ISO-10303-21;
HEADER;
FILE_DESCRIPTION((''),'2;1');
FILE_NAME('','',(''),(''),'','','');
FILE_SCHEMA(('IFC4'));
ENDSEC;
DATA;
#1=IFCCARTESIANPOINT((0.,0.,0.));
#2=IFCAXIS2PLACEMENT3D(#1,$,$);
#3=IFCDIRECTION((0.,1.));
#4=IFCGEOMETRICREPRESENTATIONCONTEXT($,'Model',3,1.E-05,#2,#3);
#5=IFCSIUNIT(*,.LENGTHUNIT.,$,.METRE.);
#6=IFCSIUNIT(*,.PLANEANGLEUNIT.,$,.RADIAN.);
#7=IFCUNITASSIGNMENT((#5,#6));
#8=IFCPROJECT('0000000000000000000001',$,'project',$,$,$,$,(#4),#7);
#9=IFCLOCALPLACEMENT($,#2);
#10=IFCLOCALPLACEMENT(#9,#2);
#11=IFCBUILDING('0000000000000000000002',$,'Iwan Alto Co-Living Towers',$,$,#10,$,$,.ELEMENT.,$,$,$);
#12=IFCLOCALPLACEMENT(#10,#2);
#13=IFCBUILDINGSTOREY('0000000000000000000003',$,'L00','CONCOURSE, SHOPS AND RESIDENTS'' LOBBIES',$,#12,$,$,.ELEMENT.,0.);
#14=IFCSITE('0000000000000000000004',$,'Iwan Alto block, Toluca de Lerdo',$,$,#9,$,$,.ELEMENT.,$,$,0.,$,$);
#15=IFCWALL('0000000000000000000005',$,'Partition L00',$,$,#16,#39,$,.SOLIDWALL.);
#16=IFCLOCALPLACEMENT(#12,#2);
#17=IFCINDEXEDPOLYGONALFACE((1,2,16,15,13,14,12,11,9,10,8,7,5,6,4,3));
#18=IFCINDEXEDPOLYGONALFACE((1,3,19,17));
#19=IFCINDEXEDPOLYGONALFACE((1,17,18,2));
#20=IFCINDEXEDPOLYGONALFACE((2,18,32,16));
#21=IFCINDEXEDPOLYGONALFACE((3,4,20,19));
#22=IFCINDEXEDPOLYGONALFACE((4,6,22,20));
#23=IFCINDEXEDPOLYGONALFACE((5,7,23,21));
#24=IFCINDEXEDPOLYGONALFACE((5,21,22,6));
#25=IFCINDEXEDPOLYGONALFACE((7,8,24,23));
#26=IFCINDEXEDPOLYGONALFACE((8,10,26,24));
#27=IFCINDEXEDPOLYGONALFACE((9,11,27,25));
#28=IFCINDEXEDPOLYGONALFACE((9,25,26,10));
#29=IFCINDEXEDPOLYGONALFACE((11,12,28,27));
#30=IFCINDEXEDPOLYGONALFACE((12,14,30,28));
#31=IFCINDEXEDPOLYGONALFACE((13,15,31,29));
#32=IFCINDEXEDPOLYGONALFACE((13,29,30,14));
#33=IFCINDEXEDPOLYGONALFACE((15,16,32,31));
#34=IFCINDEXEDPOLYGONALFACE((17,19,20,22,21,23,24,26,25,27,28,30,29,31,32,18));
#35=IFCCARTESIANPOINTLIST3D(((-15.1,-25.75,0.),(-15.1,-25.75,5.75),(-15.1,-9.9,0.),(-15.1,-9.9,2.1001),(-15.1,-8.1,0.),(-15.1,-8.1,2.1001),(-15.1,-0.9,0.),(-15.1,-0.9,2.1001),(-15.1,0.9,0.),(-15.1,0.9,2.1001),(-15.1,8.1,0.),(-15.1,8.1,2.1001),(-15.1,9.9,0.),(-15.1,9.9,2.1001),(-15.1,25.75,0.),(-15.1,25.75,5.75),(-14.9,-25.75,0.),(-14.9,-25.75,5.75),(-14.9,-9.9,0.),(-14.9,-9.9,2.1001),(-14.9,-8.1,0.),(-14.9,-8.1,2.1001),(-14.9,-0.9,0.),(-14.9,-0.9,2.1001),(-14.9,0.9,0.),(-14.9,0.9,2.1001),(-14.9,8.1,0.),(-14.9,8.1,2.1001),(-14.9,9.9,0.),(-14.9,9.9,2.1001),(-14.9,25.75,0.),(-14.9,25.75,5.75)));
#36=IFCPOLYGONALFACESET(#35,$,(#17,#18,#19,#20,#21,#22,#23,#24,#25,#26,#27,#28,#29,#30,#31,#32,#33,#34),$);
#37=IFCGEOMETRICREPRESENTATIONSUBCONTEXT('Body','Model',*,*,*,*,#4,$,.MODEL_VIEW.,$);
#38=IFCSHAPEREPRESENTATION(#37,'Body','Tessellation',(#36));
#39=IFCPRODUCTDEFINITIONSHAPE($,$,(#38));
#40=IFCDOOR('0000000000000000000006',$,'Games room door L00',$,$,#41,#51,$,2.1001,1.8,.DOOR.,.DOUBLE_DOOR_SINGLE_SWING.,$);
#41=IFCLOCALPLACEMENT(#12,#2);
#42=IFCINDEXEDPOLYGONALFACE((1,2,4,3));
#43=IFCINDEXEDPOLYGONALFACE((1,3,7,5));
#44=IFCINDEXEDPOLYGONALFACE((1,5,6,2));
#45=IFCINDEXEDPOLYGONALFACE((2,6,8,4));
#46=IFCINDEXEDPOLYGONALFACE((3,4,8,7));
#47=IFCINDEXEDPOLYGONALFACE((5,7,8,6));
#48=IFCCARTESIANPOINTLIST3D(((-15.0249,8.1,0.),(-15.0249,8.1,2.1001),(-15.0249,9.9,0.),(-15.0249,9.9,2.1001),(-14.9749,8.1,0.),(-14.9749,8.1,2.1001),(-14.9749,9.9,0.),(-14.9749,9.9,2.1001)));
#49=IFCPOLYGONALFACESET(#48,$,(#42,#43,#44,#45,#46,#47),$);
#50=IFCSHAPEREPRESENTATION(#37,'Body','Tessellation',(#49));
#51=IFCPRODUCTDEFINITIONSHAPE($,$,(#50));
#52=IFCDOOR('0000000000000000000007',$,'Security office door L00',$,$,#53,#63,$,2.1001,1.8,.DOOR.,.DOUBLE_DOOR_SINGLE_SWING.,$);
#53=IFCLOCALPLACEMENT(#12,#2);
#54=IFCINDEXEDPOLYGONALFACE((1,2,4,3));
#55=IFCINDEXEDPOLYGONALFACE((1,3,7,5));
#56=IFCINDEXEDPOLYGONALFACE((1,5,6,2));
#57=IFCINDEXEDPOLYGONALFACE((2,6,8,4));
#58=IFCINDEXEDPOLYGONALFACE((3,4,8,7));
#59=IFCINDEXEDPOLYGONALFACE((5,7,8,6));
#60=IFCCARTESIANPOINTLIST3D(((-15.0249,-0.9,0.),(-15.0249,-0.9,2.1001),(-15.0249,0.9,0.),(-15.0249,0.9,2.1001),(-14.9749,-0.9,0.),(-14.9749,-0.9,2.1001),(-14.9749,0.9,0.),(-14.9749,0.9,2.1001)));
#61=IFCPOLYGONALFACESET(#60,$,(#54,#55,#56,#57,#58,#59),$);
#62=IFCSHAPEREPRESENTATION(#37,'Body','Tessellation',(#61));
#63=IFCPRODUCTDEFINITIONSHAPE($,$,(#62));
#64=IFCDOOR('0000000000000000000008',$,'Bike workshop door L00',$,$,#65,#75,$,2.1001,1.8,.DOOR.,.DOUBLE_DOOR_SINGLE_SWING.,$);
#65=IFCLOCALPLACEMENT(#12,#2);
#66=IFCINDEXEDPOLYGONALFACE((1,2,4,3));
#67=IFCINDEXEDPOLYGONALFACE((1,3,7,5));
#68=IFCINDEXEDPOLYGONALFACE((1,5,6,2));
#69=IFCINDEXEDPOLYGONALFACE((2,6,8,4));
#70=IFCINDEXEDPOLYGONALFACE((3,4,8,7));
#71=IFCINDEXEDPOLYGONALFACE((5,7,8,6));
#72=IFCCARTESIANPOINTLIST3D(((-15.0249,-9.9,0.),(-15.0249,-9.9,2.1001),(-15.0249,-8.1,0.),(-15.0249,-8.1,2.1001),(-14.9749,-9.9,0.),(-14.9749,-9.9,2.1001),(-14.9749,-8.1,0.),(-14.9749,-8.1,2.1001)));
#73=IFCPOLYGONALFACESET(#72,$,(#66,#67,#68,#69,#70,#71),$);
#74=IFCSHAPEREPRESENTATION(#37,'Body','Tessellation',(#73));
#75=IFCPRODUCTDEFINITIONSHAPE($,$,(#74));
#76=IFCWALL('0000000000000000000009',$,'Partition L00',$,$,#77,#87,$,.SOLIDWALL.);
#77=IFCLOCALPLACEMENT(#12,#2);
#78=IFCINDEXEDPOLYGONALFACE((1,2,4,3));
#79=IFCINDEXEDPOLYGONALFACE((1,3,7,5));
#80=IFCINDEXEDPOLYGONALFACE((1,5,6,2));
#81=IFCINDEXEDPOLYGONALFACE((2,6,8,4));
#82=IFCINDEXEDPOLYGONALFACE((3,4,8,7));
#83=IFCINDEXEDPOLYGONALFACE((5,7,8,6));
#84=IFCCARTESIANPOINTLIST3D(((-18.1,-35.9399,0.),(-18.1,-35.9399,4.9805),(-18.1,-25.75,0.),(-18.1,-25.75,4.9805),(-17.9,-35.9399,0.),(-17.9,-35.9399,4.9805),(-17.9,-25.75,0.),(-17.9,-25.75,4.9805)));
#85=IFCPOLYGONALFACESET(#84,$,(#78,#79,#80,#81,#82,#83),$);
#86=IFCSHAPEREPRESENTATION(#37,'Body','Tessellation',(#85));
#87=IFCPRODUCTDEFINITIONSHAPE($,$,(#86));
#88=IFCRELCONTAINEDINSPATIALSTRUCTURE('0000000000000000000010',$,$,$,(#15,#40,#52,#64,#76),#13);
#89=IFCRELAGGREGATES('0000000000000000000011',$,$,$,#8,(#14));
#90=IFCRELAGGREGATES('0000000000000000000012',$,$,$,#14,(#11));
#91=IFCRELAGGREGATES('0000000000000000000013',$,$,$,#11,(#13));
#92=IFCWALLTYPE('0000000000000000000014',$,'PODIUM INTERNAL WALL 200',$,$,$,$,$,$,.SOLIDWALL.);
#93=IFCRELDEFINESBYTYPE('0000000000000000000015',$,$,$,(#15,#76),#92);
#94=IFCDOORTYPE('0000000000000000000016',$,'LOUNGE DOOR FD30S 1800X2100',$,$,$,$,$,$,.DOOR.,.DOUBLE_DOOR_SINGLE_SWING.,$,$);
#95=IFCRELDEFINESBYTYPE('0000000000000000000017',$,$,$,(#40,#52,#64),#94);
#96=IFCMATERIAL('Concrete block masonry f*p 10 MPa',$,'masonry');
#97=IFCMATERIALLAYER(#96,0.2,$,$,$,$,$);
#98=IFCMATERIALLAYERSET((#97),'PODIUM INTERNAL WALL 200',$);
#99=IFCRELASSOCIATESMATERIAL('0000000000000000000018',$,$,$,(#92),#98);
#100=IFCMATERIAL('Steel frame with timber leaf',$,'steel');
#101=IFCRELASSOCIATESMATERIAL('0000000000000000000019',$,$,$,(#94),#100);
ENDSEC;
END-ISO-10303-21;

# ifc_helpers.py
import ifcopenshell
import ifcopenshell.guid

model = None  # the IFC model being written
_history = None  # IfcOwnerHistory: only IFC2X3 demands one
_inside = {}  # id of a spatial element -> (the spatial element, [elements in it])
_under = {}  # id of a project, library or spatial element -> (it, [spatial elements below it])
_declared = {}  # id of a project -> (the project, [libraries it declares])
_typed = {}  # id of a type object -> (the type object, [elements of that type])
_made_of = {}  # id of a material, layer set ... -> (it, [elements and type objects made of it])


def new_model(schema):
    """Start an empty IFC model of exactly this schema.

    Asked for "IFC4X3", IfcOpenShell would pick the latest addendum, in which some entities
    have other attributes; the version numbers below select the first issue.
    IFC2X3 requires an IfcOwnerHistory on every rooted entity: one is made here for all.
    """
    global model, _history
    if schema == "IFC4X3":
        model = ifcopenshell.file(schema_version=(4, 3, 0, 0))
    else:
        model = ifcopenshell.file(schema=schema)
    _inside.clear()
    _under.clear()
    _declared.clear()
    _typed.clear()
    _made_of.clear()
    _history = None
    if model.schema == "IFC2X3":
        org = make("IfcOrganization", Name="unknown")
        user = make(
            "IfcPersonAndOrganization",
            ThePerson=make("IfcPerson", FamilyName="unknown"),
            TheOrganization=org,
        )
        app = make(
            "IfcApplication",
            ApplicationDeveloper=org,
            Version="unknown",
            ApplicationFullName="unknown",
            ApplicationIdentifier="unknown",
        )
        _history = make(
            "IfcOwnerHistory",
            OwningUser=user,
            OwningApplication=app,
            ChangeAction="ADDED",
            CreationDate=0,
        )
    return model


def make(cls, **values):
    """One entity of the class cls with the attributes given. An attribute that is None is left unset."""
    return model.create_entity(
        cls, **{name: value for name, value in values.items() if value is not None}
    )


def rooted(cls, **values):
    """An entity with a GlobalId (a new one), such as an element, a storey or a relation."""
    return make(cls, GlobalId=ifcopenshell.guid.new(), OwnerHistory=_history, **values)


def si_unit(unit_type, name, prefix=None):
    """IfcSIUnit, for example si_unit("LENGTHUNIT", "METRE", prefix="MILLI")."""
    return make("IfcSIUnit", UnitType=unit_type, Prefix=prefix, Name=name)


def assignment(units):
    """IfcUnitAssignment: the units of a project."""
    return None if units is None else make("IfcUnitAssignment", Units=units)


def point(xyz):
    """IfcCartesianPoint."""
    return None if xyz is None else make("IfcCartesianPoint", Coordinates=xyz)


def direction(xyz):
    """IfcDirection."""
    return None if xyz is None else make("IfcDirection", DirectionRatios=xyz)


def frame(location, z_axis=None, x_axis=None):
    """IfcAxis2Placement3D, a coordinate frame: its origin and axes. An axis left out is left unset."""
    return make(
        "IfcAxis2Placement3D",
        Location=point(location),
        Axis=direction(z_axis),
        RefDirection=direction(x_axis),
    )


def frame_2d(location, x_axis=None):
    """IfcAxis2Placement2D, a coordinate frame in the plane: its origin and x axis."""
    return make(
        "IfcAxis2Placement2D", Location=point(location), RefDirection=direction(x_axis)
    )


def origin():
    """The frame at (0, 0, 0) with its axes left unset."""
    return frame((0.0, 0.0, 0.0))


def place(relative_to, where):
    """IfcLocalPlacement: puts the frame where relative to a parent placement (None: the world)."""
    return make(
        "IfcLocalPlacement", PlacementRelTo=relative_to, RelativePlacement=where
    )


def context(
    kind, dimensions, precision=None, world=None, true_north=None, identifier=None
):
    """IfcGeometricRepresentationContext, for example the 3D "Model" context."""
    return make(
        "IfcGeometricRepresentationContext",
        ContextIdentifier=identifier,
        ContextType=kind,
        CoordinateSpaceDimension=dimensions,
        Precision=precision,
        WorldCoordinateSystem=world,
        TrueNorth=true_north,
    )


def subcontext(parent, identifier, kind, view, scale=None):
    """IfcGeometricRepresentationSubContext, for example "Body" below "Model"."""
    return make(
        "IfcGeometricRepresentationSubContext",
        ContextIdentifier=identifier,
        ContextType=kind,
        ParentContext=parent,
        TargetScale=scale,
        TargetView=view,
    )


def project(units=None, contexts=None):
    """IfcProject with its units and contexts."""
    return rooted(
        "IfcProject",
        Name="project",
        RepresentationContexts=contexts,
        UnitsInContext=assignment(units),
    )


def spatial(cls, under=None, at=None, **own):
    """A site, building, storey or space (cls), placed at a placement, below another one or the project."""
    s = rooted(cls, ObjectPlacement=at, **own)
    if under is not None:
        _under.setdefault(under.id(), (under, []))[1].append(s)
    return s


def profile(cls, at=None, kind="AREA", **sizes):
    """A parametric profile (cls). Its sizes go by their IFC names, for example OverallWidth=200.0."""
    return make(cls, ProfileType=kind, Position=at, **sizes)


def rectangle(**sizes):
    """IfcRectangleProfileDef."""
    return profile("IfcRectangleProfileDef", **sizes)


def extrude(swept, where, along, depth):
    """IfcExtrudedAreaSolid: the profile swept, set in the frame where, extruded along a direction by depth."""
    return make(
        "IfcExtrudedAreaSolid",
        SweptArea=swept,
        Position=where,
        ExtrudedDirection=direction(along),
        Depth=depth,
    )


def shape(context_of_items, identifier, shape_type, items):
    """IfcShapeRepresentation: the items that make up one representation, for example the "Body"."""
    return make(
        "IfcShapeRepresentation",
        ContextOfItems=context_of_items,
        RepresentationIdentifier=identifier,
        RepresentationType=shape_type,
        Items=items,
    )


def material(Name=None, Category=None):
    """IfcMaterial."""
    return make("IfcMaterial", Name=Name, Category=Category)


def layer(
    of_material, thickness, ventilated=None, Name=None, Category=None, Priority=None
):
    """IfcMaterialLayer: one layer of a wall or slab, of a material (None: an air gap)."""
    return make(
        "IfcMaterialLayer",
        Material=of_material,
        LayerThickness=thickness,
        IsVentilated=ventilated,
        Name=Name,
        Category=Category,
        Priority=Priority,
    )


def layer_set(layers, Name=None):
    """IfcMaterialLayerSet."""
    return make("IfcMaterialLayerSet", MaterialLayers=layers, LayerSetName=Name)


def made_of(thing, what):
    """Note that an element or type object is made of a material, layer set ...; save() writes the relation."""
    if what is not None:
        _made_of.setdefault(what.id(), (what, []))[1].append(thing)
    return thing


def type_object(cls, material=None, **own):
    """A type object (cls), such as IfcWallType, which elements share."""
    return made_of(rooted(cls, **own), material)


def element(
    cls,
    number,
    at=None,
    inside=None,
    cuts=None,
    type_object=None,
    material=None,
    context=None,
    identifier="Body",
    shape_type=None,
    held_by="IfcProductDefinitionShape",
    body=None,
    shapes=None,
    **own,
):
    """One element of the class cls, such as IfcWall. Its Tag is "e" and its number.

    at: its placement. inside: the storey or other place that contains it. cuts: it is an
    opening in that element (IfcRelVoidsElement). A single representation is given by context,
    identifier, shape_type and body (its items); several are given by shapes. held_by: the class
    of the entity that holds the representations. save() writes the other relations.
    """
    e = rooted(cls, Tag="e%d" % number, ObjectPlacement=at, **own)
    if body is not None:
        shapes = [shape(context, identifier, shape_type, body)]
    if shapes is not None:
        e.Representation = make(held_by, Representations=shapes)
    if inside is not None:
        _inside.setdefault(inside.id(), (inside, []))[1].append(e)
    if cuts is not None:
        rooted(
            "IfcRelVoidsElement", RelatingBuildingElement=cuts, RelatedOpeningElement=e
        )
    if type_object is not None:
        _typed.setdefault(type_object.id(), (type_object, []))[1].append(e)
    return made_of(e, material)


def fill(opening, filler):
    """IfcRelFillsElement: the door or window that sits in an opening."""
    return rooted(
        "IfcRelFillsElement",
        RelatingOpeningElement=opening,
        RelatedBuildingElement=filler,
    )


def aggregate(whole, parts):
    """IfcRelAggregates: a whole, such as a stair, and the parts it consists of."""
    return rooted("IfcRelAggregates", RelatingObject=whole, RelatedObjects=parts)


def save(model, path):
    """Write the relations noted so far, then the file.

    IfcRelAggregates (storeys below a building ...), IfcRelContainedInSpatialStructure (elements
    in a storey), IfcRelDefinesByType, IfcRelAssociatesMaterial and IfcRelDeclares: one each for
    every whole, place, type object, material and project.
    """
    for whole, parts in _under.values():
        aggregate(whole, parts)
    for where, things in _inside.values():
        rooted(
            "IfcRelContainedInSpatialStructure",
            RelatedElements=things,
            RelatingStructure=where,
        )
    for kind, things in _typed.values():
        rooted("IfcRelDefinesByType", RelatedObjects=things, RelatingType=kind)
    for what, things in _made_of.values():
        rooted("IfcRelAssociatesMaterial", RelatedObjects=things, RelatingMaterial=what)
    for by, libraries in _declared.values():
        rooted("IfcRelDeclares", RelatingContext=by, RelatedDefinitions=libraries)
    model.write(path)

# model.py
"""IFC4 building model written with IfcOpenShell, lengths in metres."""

from ifc_helpers import new_model, si_unit, direction, frame, frame_2d, origin, place, context, subcontext, project, spatial, rectangle, extrude, material, layer, layer_set, type_object, element, fill, save


model = new_model("IFC4")

# Units and contexts
model_context = context("Model", 3, precision=1e-05, world=origin(), true_north=direction((0.0, 1.0)))
body_context = subcontext(model_context, "Body", "Model", "MODEL_VIEW")
ifc_project = project(units=[si_unit("LENGTHUNIT", "METRE"), si_unit("PLANEANGLEUNIT", "RADIAN")], contexts=[model_context])

# Site, building, storey
site_placement = place(None, origin())
site = spatial("IfcSite", under=ifc_project, at=site_placement, Name="Iwan Alto block, Toluca de Lerdo", CompositionType="ELEMENT", RefElevation=0.0)
building_placement = place(site_placement, origin())
building = spatial("IfcBuilding", under=site, at=building_placement, Name="Iwan Alto Co-Living Towers", CompositionType="ELEMENT")
storey_placement = place(building_placement, origin())
storey = spatial("IfcBuildingStorey", under=building, at=storey_placement, Name="L00", Description="CONCOURSE, SHOPS AND RESIDENTS' LOBBIES", CompositionType="ELEMENT", Elevation=0.0)

# Wall, openings, doors
ifc_material_1 = material(Name="Concrete block masonry f*p 10 MPa", Category="masonry")
ifc_layer_1 = layer(ifc_material_1, 0.2)
ifc_layer_set_1 = layer_set([ifc_layer_1], Name="PODIUM INTERNAL WALL 200")
wall_type_1 = type_object("IfcWallType", Name="PODIUM INTERNAL WALL 200", PredefinedType="SOLIDWALL", material=ifc_layer_set_1)
wall_1_placement = place(storey_placement, frame((-15.0, -25.75, 0.0), z_axis=(0.0, 0.0, 1.0), x_axis=(0.0, 1.0, 0.0)))
wall_1 = element("IfcWall", 1, at=wall_1_placement, inside=storey, type_object=wall_type_1, Name="Partition L00", PredefinedType="SOLIDWALL", context=body_context, shape_type="SweptSolid", body=[
    extrude(rectangle(XDim=51.5, YDim=0.2, at=frame_2d((25.75, 0.0))), origin(), (0.0, 0.0, 1.0), 5.75),
])
opening_1_placement = place(wall_1_placement, frame((33.8501, 0.0, 0.0)))
opening_1 = element("IfcOpeningElement", 2, at=opening_1_placement, cuts=wall_1, PredefinedType="OPENING", context=body_context, shape_type="SweptSolid", body=[
    extrude(rectangle(XDim=1.8, YDim=2.1001, at=frame_2d((0.8999, 1.05))), frame((0.0, 0.1099, 0.0), z_axis=(0.0, -1.0, 0.0), x_axis=(1.0, 0.0, 0.0)), (0.0, 0.0, 1.0), 0.22),
])
opening_2_placement = place(wall_1_placement, frame((24.8501, 0.0, 0.0)))
opening_2 = element("IfcOpeningElement", 3, at=opening_2_placement, cuts=wall_1, PredefinedType="OPENING", context=body_context, shape_type="SweptSolid", body=[
    extrude(rectangle(XDim=1.8, YDim=2.1001, at=frame_2d((0.8999, 1.05))), frame((0.0, 0.1099, 0.0), z_axis=(0.0, -1.0, 0.0), x_axis=(1.0, 0.0, 0.0)), (0.0, 0.0, 1.0), 0.22),
])
opening_3_placement = place(wall_1_placement, frame((15.8501, 0.0, 0.0)))
opening_3 = element("IfcOpeningElement", 4, at=opening_3_placement, cuts=wall_1, PredefinedType="OPENING", context=body_context, shape_type="SweptSolid", body=[
    extrude(rectangle(XDim=1.8, YDim=2.1001, at=frame_2d((0.8999, 1.05))), frame((0.0, 0.1099, 0.0), z_axis=(0.0, -1.0, 0.0), x_axis=(1.0, 0.0, 0.0)), (0.0, 0.0, 1.0), 0.22),
])
ifc_material_2 = material(Name="Steel frame with timber leaf", Category="steel")
door_type_1 = type_object("IfcDoorType", Name="LOUNGE DOOR FD30S 1800X2100", OperationType="DOUBLE_DOOR_SINGLE_SWING", PredefinedType="DOOR", material=ifc_material_2)
door_1_placement = place(opening_1_placement, origin())
door_1 = element("IfcDoor", 5, at=door_1_placement, inside=storey, type_object=door_type_1, Name="Games room door L00", OperationType="DOUBLE_DOOR_SINGLE_SWING", OverallHeight=2.1001, OverallWidth=1.8, PredefinedType="DOOR", context=body_context, shape_type="SweptSolid", body=[
    extrude(rectangle(XDim=1.8, YDim=2.1001, at=frame_2d((0.8999, 1.05))), frame((0.0, 0.0249, 0.0), z_axis=(0.0, -1.0, 0.0), x_axis=(1.0, 0.0, 0.0)), (0.0, 0.0, 1.0), 0.05),
])
fill(opening_1, door_1)
door_2_placement = place(opening_2_placement, origin())
door_2 = element("IfcDoor", 6, at=door_2_placement, inside=storey, type_object=door_type_1, Name="Security office door L00", OperationType="DOUBLE_DOOR_SINGLE_SWING", OverallHeight=2.1001, OverallWidth=1.8, PredefinedType="DOOR", context=body_context, shape_type="SweptSolid", body=[
    extrude(rectangle(XDim=1.8, YDim=2.1001, at=frame_2d((0.8999, 1.05))), frame((0.0, 0.0249, 0.0), z_axis=(0.0, -1.0, 0.0), x_axis=(1.0, 0.0, 0.0)), (0.0, 0.0, 1.0), 0.05),
])
fill(opening_2, door_2)
door_3_placement = place(opening_3_placement, origin())
door_3 = element("IfcDoor", 7, at=door_3_placement, inside=storey, type_object=door_type_1, Name="Bike workshop door L00", OperationType="DOUBLE_DOOR_SINGLE_SWING", OverallHeight=2.1001, OverallWidth=1.8, PredefinedType="DOOR", context=body_context, shape_type="SweptSolid", body=[
    extrude(rectangle(XDim=1.8, YDim=2.1001, at=frame_2d((0.8999, 1.05))), frame((0.0, 0.0249, 0.0), z_axis=(0.0, -1.0, 0.0), x_axis=(1.0, 0.0, 0.0)), (0.0, 0.0, 1.0), 0.05),
])
fill(opening_3, door_3)

# Wall
wall_2_placement = place(storey_placement, frame((-18.0, -35.9399, 0.0), z_axis=(0.0, 0.0, 1.0), x_axis=(0.0, 1.0, 0.0)))
element("IfcWall", 8, at=wall_2_placement, inside=storey, type_object=wall_type_1, Name="Partition L00", PredefinedType="SOLIDWALL", context=body_context, shape_type="SweptSolid", body=[
    extrude(rectangle(XDim=10.1899, YDim=0.2, at=frame_2d((5.095, 0.0))), origin(), (0.0, 0.0, 1.0), 4.9805),
])

save(model, "model.ifc")
